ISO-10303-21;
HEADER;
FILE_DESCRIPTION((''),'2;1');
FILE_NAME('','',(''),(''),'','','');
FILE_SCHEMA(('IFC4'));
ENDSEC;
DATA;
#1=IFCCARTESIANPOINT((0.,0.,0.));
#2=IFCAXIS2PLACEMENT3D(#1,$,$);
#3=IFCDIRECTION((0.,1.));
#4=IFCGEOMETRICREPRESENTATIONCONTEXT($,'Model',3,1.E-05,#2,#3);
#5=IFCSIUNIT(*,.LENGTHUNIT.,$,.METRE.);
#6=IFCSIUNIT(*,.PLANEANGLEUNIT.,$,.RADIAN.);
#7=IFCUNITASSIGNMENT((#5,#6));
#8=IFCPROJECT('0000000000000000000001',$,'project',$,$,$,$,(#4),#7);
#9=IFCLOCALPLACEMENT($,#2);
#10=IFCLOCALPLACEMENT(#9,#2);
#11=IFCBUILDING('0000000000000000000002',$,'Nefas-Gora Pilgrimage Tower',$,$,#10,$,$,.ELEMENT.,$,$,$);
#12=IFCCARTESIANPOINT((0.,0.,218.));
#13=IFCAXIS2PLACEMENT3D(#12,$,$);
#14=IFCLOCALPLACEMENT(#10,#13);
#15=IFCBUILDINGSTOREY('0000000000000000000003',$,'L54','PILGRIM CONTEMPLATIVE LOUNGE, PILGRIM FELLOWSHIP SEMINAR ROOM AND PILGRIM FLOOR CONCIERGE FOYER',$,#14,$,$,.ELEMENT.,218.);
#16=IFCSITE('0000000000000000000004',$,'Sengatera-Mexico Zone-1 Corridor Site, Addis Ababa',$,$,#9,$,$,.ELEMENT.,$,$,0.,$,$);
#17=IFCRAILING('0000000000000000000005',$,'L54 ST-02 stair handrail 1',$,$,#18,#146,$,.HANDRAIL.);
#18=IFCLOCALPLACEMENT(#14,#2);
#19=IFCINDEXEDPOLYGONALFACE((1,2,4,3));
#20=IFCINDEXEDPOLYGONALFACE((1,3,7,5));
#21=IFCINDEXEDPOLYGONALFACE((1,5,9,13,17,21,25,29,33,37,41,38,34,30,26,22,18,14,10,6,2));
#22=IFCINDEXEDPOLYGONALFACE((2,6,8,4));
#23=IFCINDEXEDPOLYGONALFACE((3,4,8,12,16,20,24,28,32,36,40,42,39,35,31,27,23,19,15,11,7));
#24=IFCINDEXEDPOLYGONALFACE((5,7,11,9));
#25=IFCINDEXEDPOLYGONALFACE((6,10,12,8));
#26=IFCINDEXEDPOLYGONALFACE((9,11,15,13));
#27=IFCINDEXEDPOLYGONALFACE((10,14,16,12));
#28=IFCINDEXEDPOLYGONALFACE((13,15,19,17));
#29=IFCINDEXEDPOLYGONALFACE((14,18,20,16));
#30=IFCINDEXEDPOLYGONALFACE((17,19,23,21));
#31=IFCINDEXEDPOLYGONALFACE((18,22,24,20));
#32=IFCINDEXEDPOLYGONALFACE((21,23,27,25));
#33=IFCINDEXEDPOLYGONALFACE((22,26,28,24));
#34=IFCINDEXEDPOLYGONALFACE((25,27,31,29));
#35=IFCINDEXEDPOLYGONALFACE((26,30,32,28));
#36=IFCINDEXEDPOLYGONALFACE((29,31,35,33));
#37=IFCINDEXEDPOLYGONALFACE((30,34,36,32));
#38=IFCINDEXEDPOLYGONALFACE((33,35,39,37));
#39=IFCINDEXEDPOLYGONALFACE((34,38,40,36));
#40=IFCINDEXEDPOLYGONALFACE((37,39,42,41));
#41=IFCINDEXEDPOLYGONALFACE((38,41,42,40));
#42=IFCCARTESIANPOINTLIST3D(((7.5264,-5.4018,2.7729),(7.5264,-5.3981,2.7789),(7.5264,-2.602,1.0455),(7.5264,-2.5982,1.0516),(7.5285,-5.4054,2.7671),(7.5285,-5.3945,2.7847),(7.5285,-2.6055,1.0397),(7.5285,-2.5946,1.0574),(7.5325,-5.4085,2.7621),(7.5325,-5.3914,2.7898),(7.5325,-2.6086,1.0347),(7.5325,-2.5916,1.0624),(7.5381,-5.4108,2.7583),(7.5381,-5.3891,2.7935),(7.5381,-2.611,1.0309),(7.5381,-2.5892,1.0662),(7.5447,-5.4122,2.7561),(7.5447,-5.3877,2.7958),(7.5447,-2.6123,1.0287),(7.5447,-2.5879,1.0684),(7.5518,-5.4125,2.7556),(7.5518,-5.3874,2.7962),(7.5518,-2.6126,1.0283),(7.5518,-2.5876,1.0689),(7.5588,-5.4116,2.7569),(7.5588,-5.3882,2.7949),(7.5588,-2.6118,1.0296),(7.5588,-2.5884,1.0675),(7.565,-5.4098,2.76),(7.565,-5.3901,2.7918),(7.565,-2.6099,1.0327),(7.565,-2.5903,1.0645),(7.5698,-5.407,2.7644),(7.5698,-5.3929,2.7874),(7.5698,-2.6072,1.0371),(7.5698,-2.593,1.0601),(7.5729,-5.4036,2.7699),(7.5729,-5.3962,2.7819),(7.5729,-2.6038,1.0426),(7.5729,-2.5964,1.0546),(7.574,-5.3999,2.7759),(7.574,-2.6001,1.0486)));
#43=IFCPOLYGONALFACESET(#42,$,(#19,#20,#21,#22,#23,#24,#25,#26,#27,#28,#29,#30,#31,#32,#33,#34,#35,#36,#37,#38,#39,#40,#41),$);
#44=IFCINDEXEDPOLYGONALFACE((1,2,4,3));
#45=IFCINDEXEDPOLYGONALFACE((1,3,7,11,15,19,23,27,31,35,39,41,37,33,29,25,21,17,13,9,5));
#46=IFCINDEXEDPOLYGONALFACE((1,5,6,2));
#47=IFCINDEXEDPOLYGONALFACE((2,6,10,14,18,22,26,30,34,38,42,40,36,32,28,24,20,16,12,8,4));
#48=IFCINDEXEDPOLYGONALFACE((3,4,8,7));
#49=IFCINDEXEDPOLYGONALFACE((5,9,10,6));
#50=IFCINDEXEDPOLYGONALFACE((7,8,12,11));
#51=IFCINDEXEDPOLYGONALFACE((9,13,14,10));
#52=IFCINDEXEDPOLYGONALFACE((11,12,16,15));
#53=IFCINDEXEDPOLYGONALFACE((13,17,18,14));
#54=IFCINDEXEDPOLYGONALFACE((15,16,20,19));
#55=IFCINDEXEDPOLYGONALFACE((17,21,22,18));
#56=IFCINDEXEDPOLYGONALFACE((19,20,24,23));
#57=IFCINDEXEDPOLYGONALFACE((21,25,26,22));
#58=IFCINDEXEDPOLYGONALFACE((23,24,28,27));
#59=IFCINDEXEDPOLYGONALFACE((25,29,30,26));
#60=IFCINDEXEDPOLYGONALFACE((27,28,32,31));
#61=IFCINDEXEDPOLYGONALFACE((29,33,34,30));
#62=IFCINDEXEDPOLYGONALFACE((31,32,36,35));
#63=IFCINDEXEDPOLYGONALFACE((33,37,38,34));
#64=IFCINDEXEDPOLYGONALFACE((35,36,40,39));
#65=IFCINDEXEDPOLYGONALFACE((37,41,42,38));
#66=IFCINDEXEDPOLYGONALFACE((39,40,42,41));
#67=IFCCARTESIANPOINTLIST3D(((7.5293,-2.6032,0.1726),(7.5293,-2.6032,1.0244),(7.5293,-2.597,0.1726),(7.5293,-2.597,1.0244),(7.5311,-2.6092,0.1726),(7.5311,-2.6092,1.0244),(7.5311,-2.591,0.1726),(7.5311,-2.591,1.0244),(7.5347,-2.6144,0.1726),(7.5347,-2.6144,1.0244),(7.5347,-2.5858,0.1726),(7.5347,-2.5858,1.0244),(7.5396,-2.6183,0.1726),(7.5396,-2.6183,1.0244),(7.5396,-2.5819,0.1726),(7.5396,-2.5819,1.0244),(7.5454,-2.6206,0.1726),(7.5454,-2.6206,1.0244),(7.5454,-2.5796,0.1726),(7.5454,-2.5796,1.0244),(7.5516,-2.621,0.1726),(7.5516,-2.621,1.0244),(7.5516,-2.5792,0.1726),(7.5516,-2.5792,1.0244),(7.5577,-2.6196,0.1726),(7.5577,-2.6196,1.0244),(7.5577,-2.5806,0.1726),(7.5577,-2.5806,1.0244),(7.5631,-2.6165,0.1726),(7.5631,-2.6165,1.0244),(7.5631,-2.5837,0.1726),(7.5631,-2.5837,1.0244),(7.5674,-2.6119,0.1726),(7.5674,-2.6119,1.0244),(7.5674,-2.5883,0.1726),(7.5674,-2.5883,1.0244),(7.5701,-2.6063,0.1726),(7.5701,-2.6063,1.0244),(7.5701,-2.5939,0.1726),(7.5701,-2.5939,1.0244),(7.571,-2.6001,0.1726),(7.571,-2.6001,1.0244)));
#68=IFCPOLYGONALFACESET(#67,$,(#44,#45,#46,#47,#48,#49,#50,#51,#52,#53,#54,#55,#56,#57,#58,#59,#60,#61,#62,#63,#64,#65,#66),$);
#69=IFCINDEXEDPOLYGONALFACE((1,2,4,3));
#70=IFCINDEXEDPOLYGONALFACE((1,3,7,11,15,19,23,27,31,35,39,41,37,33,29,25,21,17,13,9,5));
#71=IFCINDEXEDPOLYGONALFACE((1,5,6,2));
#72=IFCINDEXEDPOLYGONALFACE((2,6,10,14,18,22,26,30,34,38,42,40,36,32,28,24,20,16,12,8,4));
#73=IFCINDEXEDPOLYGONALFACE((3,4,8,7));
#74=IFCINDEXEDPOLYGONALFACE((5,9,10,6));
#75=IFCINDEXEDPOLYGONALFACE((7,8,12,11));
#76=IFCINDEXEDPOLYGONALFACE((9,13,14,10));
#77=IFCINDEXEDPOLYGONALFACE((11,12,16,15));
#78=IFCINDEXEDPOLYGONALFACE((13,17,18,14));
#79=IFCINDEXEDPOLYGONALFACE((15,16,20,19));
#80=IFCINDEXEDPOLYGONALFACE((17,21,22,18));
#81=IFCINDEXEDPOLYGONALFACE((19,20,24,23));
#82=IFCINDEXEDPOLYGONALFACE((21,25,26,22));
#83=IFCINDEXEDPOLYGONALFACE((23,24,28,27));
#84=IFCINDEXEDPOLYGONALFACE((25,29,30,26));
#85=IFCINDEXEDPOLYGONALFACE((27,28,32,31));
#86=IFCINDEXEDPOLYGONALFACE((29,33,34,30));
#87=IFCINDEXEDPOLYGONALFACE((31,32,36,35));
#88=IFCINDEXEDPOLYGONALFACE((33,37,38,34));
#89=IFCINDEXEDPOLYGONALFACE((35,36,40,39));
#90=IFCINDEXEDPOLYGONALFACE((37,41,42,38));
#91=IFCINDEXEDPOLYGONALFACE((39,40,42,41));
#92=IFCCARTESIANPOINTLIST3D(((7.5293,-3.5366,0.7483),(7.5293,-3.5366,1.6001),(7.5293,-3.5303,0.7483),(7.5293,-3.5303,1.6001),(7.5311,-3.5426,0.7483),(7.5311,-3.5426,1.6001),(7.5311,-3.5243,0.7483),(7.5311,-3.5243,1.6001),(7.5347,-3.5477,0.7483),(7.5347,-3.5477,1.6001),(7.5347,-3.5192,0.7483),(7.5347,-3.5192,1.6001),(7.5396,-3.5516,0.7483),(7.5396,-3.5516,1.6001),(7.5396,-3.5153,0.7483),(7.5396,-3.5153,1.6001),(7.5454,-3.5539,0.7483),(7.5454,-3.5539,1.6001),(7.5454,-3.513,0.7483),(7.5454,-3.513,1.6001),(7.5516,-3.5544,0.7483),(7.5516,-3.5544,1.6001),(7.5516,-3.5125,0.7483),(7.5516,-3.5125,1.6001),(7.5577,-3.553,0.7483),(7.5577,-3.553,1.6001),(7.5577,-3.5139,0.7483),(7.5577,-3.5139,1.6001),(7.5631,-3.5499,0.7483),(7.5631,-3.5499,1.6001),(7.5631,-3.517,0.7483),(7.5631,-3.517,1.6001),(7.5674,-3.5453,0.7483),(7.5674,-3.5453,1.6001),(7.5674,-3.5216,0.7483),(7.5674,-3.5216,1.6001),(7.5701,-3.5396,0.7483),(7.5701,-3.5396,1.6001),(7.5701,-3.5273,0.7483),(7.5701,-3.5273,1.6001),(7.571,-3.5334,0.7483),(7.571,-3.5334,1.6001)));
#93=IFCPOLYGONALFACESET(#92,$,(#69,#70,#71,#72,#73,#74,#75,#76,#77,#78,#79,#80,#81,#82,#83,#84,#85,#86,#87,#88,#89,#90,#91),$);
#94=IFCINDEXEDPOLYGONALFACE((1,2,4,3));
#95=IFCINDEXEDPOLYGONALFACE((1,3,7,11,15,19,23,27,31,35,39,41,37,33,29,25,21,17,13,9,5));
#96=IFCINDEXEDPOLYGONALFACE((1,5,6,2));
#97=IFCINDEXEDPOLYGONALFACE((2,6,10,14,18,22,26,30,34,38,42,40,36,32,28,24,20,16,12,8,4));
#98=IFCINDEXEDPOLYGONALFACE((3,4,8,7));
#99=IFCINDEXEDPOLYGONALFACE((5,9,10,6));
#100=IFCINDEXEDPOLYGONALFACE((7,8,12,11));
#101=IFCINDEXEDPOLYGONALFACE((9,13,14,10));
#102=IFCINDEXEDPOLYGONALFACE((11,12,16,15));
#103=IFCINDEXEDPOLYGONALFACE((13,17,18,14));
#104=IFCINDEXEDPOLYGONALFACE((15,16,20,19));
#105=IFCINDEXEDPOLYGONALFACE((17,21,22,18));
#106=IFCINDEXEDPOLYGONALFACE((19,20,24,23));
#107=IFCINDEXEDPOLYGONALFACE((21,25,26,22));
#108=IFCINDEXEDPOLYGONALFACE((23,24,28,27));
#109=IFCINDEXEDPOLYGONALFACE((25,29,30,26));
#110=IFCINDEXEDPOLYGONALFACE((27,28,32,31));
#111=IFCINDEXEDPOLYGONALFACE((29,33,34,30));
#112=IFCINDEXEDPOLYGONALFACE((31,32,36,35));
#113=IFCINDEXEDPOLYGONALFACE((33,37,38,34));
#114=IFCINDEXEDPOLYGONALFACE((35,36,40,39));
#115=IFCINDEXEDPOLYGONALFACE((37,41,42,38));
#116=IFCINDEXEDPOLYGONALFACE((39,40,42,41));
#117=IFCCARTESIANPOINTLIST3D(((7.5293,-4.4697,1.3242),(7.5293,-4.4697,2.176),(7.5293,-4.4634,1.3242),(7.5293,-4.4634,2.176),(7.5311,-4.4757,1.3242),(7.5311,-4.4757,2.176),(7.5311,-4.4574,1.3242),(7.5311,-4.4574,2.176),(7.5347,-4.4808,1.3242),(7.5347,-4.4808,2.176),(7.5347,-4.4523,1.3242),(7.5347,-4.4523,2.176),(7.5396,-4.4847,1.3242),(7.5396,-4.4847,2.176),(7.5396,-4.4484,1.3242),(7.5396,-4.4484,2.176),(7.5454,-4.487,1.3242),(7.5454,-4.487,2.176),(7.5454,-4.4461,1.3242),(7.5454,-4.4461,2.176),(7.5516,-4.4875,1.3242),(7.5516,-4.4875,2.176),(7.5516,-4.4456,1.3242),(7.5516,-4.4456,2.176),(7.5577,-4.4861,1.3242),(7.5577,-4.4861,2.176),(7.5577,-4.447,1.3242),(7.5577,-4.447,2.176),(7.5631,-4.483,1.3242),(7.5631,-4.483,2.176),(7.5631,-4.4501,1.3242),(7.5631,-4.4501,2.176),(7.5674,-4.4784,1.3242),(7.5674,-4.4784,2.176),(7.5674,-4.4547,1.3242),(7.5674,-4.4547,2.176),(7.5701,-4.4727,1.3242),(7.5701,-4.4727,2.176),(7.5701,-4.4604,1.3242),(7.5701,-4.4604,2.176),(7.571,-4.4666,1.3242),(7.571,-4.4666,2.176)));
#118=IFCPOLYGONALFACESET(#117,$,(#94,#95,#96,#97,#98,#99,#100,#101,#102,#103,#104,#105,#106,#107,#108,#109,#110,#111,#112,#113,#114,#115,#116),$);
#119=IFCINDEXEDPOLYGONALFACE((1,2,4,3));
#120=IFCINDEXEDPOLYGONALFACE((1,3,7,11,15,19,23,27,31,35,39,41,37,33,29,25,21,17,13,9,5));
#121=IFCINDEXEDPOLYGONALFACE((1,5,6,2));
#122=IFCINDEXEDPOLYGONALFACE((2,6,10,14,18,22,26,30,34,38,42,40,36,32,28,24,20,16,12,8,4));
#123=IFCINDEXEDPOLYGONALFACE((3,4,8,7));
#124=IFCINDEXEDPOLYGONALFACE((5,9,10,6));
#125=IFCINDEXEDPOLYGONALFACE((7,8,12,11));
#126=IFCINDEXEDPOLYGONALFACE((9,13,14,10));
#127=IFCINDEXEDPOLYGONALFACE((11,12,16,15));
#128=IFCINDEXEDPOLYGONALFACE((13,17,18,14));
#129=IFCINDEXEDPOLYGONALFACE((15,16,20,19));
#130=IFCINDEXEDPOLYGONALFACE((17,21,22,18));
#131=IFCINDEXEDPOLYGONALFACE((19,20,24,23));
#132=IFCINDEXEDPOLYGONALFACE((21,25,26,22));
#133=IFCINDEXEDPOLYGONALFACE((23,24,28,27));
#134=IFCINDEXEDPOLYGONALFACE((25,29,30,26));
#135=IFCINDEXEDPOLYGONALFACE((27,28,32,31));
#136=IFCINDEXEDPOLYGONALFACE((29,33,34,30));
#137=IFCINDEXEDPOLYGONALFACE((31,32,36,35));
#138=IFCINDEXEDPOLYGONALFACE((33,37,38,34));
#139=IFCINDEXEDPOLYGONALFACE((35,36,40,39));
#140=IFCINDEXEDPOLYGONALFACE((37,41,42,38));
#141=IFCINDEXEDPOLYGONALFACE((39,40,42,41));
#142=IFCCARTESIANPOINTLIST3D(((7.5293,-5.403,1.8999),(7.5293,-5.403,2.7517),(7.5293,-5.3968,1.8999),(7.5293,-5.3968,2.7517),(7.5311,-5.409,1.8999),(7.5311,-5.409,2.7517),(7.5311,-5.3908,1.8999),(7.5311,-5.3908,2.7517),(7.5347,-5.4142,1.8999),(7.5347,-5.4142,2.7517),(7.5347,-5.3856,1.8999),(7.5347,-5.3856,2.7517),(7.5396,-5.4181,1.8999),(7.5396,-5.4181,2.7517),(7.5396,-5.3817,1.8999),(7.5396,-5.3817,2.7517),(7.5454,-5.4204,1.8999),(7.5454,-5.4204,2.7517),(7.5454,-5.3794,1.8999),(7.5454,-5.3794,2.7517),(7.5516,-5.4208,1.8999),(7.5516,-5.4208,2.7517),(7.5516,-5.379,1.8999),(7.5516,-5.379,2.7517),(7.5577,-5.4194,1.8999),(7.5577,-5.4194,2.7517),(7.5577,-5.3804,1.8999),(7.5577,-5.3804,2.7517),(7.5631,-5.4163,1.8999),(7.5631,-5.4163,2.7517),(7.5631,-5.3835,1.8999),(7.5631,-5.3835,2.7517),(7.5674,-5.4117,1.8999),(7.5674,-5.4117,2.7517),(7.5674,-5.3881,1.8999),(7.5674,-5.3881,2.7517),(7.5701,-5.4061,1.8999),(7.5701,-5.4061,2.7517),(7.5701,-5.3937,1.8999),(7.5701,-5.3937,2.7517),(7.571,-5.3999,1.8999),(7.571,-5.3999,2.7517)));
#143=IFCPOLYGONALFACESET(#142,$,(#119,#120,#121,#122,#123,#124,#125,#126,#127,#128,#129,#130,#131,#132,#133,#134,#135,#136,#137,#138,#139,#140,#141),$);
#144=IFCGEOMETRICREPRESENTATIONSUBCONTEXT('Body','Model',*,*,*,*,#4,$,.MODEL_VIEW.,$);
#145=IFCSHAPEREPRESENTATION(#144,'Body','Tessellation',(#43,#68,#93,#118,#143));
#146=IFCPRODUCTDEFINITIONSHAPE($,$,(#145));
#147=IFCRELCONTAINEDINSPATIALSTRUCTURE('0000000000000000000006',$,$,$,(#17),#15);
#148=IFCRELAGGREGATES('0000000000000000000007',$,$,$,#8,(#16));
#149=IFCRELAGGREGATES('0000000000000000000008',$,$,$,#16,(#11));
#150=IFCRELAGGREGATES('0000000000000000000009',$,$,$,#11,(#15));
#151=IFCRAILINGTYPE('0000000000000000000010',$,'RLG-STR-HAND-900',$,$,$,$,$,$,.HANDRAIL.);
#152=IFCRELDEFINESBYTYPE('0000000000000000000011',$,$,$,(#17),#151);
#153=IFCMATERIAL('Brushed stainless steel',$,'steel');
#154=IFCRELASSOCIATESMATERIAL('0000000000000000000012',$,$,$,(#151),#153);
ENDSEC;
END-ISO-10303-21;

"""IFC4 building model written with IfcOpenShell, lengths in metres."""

from ifc_helpers import new_model, si_unit, direction, frame, origin, origin_2d, place, context, subcontext, project, spatial, circle, extrude, material, type_object, element, save


model = new_model("IFC4")

# Units and contexts
model_context = context("Model", 3, precision=1e-05, world=origin(), true_north=direction((0.0, 1.0)))
body_context = subcontext(model_context, "Body", "Model", "MODEL_VIEW")
ifc_project = project(units=[si_unit("LENGTHUNIT", "METRE"), si_unit("PLANEANGLEUNIT", "RADIAN")], contexts=[model_context])

# Site, building, storey
site_placement = place(None, origin())
site = spatial("IfcSite", under=ifc_project, at=site_placement, Name="Sengatera-Mexico Zone-1 Corridor Site, Addis Ababa", CompositionType="ELEMENT", RefElevation=0.0)
building_placement = place(site_placement, origin())
building = spatial("IfcBuilding", under=site, at=building_placement, Name="Nefas-Gora Pilgrimage Tower", CompositionType="ELEMENT")
storey_placement = place(building_placement, frame((0.0, 0.0, 218.0)))
storey = spatial("IfcBuildingStorey", under=building, at=storey_placement, Name="L54", Description="PILGRIM CONTEMPLATIVE LOUNGE, PILGRIM FELLOWSHIP SEMINAR ROOM AND PILGRIM FLOOR CONCIERGE FOYER", CompositionType="ELEMENT", Elevation=218.0)

# Railing
ifc_material_1 = material(Name="Brushed stainless steel", Category="steel")
railing_type_1 = type_object("IfcRailingType", Name="RLG-STR-HAND-900", PredefinedType="HANDRAIL", material=ifc_material_1)
railing_1_placement = place(storey_placement, frame((7.55, -2.6001, 0.1726)))
element("IfcRailing", 1, at=railing_1_placement, inside=storey, type_object=railing_type_1, Name="L54 ST-02 stair handrail 1", PredefinedType="HANDRAIL", context=body_context, shape_type="SweptSolid", body=[
    extrude(circle(Radius=0.0239, at=origin_2d()), frame((0.0, 0.0, 0.876), z_axis=(0.0, -0.851069, 0.525054), x_axis=(1.0, 0.0, 0.0)), (0.0, 0.0, 1.0), 3.2898),
    extrude(circle(Radius=0.021, at=origin_2d()), origin(), (0.0, 0.0, 1.0), 0.8518),
    extrude(circle(Radius=0.021, at=origin_2d()), frame((0.0, -0.9333, 0.5757)), (0.0, 0.0, 1.0), 0.8518),
    extrude(circle(Radius=0.021, at=origin_2d()), frame((0.0, -1.8665, 1.1516)), (0.0, 0.0, 1.0), 0.8518),
    extrude(circle(Radius=0.021, at=origin_2d()), frame((0.0, -2.7998, 1.7273)), (0.0, 0.0, 1.0), 0.8518),
])

save(model, "model.ifc")
